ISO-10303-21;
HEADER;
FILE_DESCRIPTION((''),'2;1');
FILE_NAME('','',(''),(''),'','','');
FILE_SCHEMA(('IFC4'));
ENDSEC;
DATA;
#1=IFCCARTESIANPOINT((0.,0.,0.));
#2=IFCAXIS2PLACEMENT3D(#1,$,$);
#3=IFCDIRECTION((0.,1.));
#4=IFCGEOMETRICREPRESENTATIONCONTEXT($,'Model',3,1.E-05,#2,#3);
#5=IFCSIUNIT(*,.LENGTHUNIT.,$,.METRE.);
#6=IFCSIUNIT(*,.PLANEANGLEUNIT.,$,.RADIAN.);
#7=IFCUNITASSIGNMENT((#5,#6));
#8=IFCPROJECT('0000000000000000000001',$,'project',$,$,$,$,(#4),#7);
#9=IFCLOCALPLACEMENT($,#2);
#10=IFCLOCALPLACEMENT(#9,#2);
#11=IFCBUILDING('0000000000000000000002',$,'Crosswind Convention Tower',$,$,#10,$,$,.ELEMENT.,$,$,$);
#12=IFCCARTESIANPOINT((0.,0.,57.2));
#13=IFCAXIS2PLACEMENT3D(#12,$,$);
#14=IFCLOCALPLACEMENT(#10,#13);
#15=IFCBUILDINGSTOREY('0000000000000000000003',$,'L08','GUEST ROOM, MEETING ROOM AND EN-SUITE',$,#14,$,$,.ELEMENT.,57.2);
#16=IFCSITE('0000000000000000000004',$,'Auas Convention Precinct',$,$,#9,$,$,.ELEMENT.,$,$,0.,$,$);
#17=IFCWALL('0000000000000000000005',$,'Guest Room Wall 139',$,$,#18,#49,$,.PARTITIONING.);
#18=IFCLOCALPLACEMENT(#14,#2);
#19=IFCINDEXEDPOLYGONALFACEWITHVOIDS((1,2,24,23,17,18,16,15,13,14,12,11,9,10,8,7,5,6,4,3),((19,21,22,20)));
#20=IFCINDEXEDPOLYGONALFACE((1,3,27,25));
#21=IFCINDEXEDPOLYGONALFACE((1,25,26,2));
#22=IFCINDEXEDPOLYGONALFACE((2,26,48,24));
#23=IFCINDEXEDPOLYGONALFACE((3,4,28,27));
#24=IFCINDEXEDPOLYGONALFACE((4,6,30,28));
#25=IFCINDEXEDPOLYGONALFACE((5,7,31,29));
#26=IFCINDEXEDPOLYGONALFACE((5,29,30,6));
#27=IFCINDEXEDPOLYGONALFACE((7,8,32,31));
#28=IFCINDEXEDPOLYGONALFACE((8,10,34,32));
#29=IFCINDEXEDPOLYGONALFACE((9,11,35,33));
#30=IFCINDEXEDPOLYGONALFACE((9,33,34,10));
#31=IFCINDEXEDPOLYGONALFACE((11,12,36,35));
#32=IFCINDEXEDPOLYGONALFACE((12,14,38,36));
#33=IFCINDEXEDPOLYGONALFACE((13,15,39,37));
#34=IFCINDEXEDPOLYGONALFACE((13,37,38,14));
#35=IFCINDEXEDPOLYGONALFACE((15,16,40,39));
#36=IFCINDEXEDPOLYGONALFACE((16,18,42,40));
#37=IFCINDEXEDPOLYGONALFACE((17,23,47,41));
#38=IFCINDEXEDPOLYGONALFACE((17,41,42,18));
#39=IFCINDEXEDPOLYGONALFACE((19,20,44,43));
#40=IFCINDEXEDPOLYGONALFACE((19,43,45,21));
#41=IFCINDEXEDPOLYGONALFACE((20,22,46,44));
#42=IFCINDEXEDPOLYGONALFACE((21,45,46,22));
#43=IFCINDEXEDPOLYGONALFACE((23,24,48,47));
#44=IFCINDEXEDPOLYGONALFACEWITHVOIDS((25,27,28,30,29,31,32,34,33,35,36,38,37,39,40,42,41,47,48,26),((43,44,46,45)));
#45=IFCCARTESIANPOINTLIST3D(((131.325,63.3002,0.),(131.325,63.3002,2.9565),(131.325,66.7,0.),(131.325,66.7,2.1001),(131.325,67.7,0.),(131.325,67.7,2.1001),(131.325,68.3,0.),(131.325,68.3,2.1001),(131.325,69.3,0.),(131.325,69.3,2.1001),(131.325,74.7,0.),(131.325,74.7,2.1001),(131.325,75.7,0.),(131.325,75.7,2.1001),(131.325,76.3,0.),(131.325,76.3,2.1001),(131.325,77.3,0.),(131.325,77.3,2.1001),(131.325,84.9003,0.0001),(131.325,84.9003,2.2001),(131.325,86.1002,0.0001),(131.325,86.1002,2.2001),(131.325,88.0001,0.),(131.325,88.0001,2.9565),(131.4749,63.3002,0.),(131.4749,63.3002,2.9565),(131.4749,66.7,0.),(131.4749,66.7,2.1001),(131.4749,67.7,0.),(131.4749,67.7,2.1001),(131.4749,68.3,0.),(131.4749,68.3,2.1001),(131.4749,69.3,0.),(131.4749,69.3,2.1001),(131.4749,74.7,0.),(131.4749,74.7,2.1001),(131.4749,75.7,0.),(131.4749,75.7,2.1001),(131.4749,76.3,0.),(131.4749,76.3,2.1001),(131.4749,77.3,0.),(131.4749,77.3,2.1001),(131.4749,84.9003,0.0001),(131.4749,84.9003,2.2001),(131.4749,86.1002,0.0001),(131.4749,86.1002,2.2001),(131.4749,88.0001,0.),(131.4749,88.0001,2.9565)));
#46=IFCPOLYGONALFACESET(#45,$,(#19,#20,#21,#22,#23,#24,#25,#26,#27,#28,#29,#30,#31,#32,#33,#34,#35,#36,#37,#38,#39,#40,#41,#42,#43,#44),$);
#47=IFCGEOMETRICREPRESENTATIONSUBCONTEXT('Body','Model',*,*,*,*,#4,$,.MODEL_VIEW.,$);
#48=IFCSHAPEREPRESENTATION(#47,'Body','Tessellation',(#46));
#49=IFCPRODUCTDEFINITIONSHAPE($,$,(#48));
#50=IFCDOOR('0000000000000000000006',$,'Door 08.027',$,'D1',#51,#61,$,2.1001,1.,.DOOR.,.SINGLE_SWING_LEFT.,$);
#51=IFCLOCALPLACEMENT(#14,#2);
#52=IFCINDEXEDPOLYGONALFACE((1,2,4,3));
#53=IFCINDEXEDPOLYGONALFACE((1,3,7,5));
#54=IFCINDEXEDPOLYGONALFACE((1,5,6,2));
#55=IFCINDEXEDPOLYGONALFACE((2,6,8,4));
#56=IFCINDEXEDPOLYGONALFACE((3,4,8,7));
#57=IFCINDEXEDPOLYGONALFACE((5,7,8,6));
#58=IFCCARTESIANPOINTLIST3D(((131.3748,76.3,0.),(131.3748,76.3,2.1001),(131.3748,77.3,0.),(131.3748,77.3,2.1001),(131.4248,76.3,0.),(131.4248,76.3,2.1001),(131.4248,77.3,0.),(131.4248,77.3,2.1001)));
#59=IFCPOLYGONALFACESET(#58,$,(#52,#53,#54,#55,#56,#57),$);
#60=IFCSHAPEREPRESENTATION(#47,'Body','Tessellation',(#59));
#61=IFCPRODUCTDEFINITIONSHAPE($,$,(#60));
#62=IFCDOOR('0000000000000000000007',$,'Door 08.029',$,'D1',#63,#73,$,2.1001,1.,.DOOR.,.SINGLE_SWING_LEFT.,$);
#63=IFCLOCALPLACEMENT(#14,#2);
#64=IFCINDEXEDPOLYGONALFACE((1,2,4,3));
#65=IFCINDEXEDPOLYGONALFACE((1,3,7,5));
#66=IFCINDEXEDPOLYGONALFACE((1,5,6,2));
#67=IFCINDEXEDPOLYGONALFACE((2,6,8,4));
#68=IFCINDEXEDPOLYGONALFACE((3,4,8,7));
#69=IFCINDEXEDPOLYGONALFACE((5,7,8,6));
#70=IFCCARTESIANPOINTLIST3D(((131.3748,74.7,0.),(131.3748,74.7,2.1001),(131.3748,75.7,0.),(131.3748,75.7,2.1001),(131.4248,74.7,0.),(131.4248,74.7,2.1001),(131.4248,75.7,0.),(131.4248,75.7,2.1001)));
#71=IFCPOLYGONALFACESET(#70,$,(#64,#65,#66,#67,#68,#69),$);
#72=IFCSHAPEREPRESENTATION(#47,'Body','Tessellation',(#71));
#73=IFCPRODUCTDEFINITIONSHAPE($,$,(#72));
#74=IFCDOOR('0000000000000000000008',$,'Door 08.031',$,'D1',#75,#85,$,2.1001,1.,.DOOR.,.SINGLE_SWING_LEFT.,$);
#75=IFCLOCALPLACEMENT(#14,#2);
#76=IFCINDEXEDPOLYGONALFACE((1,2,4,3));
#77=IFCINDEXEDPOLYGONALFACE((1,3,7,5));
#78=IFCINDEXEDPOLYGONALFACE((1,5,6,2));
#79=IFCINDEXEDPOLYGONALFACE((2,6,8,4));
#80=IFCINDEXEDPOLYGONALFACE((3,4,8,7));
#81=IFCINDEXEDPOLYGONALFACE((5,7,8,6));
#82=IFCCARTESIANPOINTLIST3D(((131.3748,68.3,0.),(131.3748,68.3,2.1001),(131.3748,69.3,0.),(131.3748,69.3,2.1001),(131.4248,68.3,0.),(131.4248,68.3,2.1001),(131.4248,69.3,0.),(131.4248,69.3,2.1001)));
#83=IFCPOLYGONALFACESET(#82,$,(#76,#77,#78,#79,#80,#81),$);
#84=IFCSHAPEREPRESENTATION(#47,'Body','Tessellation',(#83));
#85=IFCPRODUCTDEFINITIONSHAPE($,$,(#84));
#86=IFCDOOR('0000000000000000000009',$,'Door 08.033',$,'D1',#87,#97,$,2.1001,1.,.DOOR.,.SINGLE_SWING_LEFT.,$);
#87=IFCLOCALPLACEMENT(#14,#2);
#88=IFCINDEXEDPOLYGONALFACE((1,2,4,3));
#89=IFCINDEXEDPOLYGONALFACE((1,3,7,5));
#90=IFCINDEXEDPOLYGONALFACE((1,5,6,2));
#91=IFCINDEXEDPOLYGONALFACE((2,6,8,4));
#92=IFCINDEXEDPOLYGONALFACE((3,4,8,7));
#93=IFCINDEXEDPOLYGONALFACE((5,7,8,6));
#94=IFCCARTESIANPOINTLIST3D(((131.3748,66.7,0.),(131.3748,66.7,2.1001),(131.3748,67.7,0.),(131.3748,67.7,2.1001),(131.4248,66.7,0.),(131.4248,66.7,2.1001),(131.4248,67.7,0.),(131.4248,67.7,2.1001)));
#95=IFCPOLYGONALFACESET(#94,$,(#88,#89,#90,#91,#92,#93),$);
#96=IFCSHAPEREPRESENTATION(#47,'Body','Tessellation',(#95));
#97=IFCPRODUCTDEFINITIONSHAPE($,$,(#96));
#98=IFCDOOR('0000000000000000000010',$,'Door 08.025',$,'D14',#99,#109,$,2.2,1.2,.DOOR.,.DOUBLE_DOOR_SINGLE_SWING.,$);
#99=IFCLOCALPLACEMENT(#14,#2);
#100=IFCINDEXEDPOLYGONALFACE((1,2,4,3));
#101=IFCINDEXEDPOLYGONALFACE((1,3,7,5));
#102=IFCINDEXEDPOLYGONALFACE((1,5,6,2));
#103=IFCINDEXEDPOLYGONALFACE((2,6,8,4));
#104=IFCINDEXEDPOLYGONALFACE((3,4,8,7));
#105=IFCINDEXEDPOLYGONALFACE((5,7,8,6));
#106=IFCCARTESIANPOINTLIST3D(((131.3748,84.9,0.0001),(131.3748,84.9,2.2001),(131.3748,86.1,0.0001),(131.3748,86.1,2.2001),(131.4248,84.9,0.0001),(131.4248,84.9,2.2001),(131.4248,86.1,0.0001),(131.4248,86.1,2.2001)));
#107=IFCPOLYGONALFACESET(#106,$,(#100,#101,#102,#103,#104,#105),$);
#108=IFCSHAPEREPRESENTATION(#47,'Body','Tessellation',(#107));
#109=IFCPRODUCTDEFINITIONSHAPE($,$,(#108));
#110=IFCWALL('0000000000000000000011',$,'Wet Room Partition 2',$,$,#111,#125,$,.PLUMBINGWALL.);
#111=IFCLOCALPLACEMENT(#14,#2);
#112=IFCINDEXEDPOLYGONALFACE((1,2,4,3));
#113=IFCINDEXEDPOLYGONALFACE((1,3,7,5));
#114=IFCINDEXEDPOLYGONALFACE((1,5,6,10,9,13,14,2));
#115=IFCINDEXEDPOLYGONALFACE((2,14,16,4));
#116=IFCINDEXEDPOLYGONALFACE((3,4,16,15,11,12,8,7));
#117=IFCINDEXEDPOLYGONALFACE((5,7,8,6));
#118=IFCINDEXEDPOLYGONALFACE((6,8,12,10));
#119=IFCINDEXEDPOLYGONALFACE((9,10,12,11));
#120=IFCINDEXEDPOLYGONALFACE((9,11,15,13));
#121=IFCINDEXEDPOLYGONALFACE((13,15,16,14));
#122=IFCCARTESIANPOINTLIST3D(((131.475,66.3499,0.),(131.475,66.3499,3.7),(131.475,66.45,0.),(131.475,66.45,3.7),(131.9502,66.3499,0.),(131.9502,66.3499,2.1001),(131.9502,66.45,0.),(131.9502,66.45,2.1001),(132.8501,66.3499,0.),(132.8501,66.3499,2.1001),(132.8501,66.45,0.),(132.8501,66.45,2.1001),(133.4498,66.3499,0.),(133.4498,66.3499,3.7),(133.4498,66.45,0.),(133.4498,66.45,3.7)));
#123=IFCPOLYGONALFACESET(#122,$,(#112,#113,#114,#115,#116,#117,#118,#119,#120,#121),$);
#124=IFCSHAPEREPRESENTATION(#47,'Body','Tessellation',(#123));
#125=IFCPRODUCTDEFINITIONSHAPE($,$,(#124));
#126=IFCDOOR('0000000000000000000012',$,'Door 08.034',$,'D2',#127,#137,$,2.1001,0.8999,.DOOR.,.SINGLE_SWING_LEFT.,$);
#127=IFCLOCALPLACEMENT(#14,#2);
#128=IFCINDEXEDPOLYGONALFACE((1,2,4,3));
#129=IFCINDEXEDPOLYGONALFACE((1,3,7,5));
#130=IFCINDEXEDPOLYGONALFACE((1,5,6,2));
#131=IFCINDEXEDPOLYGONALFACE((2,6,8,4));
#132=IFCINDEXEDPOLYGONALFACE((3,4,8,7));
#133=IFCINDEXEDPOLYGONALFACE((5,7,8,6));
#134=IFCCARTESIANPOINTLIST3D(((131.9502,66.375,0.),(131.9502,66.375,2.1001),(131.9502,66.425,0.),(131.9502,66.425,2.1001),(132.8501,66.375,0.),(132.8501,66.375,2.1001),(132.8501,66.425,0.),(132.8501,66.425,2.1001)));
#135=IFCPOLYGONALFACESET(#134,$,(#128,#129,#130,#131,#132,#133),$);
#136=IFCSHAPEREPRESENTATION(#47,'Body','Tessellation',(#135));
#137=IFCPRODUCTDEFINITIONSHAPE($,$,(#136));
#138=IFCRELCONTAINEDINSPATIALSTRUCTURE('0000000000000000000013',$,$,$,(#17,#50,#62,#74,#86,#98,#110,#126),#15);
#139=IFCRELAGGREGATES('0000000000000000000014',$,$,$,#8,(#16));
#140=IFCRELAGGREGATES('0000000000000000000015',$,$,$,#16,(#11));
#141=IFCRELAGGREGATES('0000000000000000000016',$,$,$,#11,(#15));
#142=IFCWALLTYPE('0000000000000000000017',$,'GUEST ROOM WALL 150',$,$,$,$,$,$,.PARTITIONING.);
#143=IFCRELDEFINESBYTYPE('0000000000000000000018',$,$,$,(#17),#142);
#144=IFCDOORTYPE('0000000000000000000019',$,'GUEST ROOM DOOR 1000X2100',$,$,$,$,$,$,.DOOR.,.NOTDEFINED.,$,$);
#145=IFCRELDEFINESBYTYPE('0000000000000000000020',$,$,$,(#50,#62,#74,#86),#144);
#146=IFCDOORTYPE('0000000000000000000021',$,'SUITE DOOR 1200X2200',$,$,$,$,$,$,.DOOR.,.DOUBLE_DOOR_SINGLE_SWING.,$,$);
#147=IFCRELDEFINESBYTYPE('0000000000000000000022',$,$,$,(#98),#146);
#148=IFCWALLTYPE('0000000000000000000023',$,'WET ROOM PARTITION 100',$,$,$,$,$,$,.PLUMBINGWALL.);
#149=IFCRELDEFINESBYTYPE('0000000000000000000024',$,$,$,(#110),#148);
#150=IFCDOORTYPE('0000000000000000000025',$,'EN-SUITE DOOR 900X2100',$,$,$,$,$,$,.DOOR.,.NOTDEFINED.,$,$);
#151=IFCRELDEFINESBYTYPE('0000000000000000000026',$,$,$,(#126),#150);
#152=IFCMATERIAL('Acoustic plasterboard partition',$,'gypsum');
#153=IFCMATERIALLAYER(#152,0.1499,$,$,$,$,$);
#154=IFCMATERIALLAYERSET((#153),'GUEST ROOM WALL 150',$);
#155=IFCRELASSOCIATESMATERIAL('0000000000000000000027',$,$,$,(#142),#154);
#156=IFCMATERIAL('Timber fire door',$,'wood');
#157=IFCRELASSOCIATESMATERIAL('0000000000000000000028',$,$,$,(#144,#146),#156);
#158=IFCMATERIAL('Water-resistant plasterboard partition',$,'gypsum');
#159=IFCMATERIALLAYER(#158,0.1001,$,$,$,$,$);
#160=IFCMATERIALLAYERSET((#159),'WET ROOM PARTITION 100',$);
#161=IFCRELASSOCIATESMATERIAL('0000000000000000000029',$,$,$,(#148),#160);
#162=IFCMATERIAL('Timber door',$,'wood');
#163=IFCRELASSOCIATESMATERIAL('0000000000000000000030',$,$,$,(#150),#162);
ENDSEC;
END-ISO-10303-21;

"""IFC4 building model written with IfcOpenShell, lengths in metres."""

from ifc_helpers import new_model, si_unit, direction, frame, frame_2d, origin, place, context, subcontext, project, spatial, rectangle, extrude, material, layer, layer_set, type_object, element, fill, save


model = new_model("IFC4")

# Units and contexts
model_context = context("Model", 3, precision=1e-05, world=origin(), true_north=direction((0.0, 1.0)))
body_context = subcontext(model_context, "Body", "Model", "MODEL_VIEW")
ifc_project = project(units=[si_unit("LENGTHUNIT", "METRE"), si_unit("PLANEANGLEUNIT", "RADIAN")], contexts=[model_context])

# Site, building, storey
site_placement = place(None, origin())
site = spatial("IfcSite", under=ifc_project, at=site_placement, Name="Auas Convention Precinct", CompositionType="ELEMENT", RefElevation=0.0)
building_placement = place(site_placement, origin())
building = spatial("IfcBuilding", under=site, at=building_placement, Name="Crosswind Convention Tower", CompositionType="ELEMENT")
storey_placement = place(building_placement, frame((0.0, 0.0, 57.2)))
storey = spatial("IfcBuildingStorey", under=building, at=storey_placement, Name="L08", Description="GUEST ROOM, MEETING ROOM AND EN-SUITE", CompositionType="ELEMENT", Elevation=57.2)

# Shared definitions
ifc_material_1 = material(Name="Acoustic plasterboard partition", Category="gypsum")
ifc_layer_1 = layer(ifc_material_1, 0.1499)
ifc_layer_set_1 = layer_set([ifc_layer_1], Name="GUEST ROOM WALL 150")
wall_type_1 = type_object("IfcWallType", Name="GUEST ROOM WALL 150", PredefinedType="PARTITIONING", material=ifc_layer_set_1)

# Wall, openings, doors
wall_1_placement = place(storey_placement, frame((131.3999, 63.3, 0.0), z_axis=(0.0, 0.0, 1.0), x_axis=(0.0, 1.0, 0.0)))
wall_1 = element("IfcWall", 1, at=wall_1_placement, inside=storey, type_object=wall_type_1, Name="Guest Room Wall 139", PredefinedType="PARTITIONING", context=body_context, shape_type="SweptSolid", body=[
    extrude(rectangle(XDim=24.7, YDim=0.1499, at=frame_2d((12.3501, 0.0))), origin(), (0.0, 0.0, 1.0), 2.9565),
])
opening_1_placement = place(wall_1_placement, frame((21.6001, 0.0, 0.0)))
opening_1 = element("IfcOpeningElement", 2, at=opening_1_placement, cuts=wall_1, PredefinedType="OPENING", context=body_context, shape_type="SweptSolid", body=[
    extrude(rectangle(XDim=1.2, YDim=2.2, at=frame_2d((0.6001, 1.1001))), frame((0.0, 0.085, 0.0), z_axis=(0.0, -1.0, 0.0), x_axis=(1.0, 0.0, 0.0)), (0.0, 0.0, 1.0), 0.1699),
])
opening_2_placement = place(wall_1_placement, frame((13.0, 0.0, 0.0)))
opening_2 = element("IfcOpeningElement", 3, at=opening_2_placement, cuts=wall_1, PredefinedType="OPENING", context=body_context, shape_type="SweptSolid", body=[
    extrude(rectangle(XDim=1.0, YDim=2.1001, at=frame_2d((0.5, 1.05))), frame((0.0, 0.085, 0.0), z_axis=(0.0, -1.0, 0.0), x_axis=(1.0, 0.0, 0.0)), (0.0, 0.0, 1.0), 0.1699),
])
opening_3_placement = place(wall_1_placement, frame((11.3999, 0.0, 0.0)))
opening_3 = element("IfcOpeningElement", 4, at=opening_3_placement, cuts=wall_1, PredefinedType="OPENING", context=body_context, shape_type="SweptSolid", body=[
    extrude(rectangle(XDim=1.0, YDim=2.1001, at=frame_2d((0.5, 1.05))), frame((0.0, 0.085, 0.0), z_axis=(0.0, -1.0, 0.0), x_axis=(1.0, 0.0, 0.0)), (0.0, 0.0, 1.0), 0.1699),
])
opening_4_placement = place(wall_1_placement, frame((5.0, 0.0, 0.0)))
opening_4 = element("IfcOpeningElement", 5, at=opening_4_placement, cuts=wall_1, PredefinedType="OPENING", context=body_context, shape_type="SweptSolid", body=[
    extrude(rectangle(XDim=1.0, YDim=2.1001, at=frame_2d((0.5, 1.05))), frame((0.0, 0.085, 0.0), z_axis=(0.0, -1.0, 0.0), x_axis=(1.0, 0.0, 0.0)), (0.0, 0.0, 1.0), 0.1699),
])
opening_5_placement = place(wall_1_placement, frame((3.3999, 0.0, 0.0)))
opening_5 = element("IfcOpeningElement", 6, at=opening_5_placement, cuts=wall_1, PredefinedType="OPENING", context=body_context, shape_type="SweptSolid", body=[
    extrude(rectangle(XDim=1.0, YDim=2.1001, at=frame_2d((0.5, 1.05))), frame((0.0, 0.085, 0.0), z_axis=(0.0, -1.0, 0.0), x_axis=(1.0, 0.0, 0.0)), (0.0, 0.0, 1.0), 0.1699),
])
ifc_material_2 = material(Name="Timber fire door", Category="wood")
door_type_1 = type_object("IfcDoorType", Name="GUEST ROOM DOOR 1000X2100", OperationType="NOTDEFINED", PredefinedType="DOOR", material=ifc_material_2)
door_1_placement = place(opening_2_placement, frame((1.0, 0.0, 0.0), z_axis=(0.0, 0.0, 1.0), x_axis=(-1.0, 0.0, 0.0)))
door_1 = element("IfcDoor", 7, at=door_1_placement, inside=storey, type_object=door_type_1, Name="Door 08.027", ObjectType="D1", OperationType="SINGLE_SWING_LEFT", OverallHeight=2.1001, OverallWidth=1.0, PredefinedType="DOOR", context=body_context, shape_type="SweptSolid", body=[
    extrude(rectangle(XDim=1.0, YDim=2.1001, at=frame_2d((0.5, 1.05))), frame((0.0, 0.0249, 0.0), z_axis=(0.0, -1.0, 0.0), x_axis=(1.0, 0.0, 0.0)), (0.0, 0.0, 1.0), 0.05),
])
fill(opening_2, door_1)
door_2_placement = place(opening_3_placement, frame((1.0, 0.0, 0.0), z_axis=(0.0, 0.0, 1.0), x_axis=(-1.0, 0.0, 0.0)))
door_2 = element("IfcDoor", 8, at=door_2_placement, inside=storey, type_object=door_type_1, Name="Door 08.029", ObjectType="D1", OperationType="SINGLE_SWING_LEFT", OverallHeight=2.1001, OverallWidth=1.0, PredefinedType="DOOR", context=body_context, shape_type="SweptSolid", body=[
    extrude(rectangle(XDim=1.0, YDim=2.1001, at=frame_2d((0.5, 1.05))), frame((0.0, 0.0249, 0.0), z_axis=(0.0, -1.0, 0.0), x_axis=(1.0, 0.0, 0.0)), (0.0, 0.0, 1.0), 0.05),
])
fill(opening_3, door_2)
door_3_placement = place(opening_4_placement, frame((1.0, 0.0, 0.0), z_axis=(0.0, 0.0, 1.0), x_axis=(-1.0, 0.0, 0.0)))
door_3 = element("IfcDoor", 9, at=door_3_placement, inside=storey, type_object=door_type_1, Name="Door 08.031", ObjectType="D1", OperationType="SINGLE_SWING_LEFT", OverallHeight=2.1001, OverallWidth=1.0, PredefinedType="DOOR", context=body_context, shape_type="SweptSolid", body=[
    extrude(rectangle(XDim=1.0, YDim=2.1001, at=frame_2d((0.5, 1.05))), frame((0.0, 0.0249, 0.0), z_axis=(0.0, -1.0, 0.0), x_axis=(1.0, 0.0, 0.0)), (0.0, 0.0, 1.0), 0.05),
])
fill(opening_4, door_3)
door_4_placement = place(opening_5_placement, frame((1.0, 0.0, 0.0), z_axis=(0.0, 0.0, 1.0), x_axis=(-1.0, 0.0, 0.0)))
door_4 = element("IfcDoor", 10, at=door_4_placement, inside=storey, type_object=door_type_1, Name="Door 08.033", ObjectType="D1", OperationType="SINGLE_SWING_LEFT", OverallHeight=2.1001, OverallWidth=1.0, PredefinedType="DOOR", context=body_context, shape_type="SweptSolid", body=[
    extrude(rectangle(XDim=1.0, YDim=2.1001, at=frame_2d((0.5, 1.05))), frame((0.0, 0.0249, 0.0), z_axis=(0.0, -1.0, 0.0), x_axis=(1.0, 0.0, 0.0)), (0.0, 0.0, 1.0), 0.05),
])
fill(opening_5, door_4)
door_type_2 = type_object("IfcDoorType", Name="SUITE DOOR 1200X2200", OperationType="DOUBLE_DOOR_SINGLE_SWING", PredefinedType="DOOR", material=ifc_material_2)
door_5_placement = place(opening_1_placement, frame((1.2, 0.0, 0.0), z_axis=(0.0, 0.0, 1.0), x_axis=(-1.0, 0.0, 0.0)))
door_5 = element("IfcDoor", 11, at=door_5_placement, inside=storey, type_object=door_type_2, Name="Door 08.025", ObjectType="D14", OperationType="DOUBLE_DOOR_SINGLE_SWING", OverallHeight=2.2, OverallWidth=1.2, PredefinedType="DOOR", context=body_context, shape_type="SweptSolid", body=[
    extrude(rectangle(XDim=1.2, YDim=2.2, at=frame_2d((0.6001, 1.1001))), frame((0.0, 0.0249, 0.0), z_axis=(0.0, -1.0, 0.0), x_axis=(1.0, 0.0, 0.0)), (0.0, 0.0, 1.0), 0.05),
])
fill(opening_1, door_5)

# Wall, opening, door
ifc_material_3 = material(Name="Water-resistant plasterboard partition", Category="gypsum")
ifc_layer_2 = layer(ifc_material_3, 0.1001)
ifc_layer_set_2 = layer_set([ifc_layer_2], Name="WET ROOM PARTITION 100")
wall_type_2 = type_object("IfcWallType", Name="WET ROOM PARTITION 100", PredefinedType="PLUMBINGWALL", material=ifc_layer_set_2)
wall_2_placement = place(storey_placement, frame((131.4751, 66.3999, 0.0), z_axis=(0.0, 0.0, 1.0), x_axis=(1.0, 0.0, 0.0)))
wall_2 = element("IfcWall", 12, at=wall_2_placement, inside=storey, type_object=wall_type_2, Name="Wet Room Partition 2", PredefinedType="PLUMBINGWALL", context=body_context, shape_type="SweptSolid", body=[
    extrude(rectangle(XDim=1.9749, YDim=0.1001, at=frame_2d((0.9873, 0.0))), origin(), (0.0, 0.0, 1.0), 3.7),
])
opening_6_placement = place(wall_2_placement, frame((0.4751, 0.0, 0.0)))
opening_6 = element("IfcOpeningElement", 13, at=opening_6_placement, cuts=wall_2, PredefinedType="OPENING", context=body_context, shape_type="SweptSolid", body=[
    extrude(rectangle(XDim=0.8999, YDim=2.1001, at=frame_2d((0.45, 1.05))), frame((0.0, 0.0601, 0.0), z_axis=(0.0, -1.0, 0.0), x_axis=(1.0, 0.0, 0.0)), (0.0, 0.0, 1.0), 0.1201),
])
ifc_material_4 = material(Name="Timber door", Category="wood")
door_type_3 = type_object("IfcDoorType", Name="EN-SUITE DOOR 900X2100", OperationType="NOTDEFINED", PredefinedType="DOOR", material=ifc_material_4)
door_6_placement = place(opening_6_placement, frame((0.8999, 0.0, 0.0), z_axis=(0.0, 0.0, 1.0), x_axis=(-1.0, 0.0, 0.0)))
door_6 = element("IfcDoor", 14, at=door_6_placement, inside=storey, type_object=door_type_3, Name="Door 08.034", ObjectType="D2", OperationType="SINGLE_SWING_LEFT", OverallHeight=2.1001, OverallWidth=0.8999, PredefinedType="DOOR", context=body_context, shape_type="SweptSolid", body=[
    extrude(rectangle(XDim=0.8999, YDim=2.1001, at=frame_2d((0.45, 1.05))), frame((0.0, 0.0249, 0.0), z_axis=(0.0, -1.0, 0.0), x_axis=(1.0, 0.0, 0.0)), (0.0, 0.0, 1.0), 0.05),
])
fill(opening_6, door_6)

save(model, "model.ifc")
